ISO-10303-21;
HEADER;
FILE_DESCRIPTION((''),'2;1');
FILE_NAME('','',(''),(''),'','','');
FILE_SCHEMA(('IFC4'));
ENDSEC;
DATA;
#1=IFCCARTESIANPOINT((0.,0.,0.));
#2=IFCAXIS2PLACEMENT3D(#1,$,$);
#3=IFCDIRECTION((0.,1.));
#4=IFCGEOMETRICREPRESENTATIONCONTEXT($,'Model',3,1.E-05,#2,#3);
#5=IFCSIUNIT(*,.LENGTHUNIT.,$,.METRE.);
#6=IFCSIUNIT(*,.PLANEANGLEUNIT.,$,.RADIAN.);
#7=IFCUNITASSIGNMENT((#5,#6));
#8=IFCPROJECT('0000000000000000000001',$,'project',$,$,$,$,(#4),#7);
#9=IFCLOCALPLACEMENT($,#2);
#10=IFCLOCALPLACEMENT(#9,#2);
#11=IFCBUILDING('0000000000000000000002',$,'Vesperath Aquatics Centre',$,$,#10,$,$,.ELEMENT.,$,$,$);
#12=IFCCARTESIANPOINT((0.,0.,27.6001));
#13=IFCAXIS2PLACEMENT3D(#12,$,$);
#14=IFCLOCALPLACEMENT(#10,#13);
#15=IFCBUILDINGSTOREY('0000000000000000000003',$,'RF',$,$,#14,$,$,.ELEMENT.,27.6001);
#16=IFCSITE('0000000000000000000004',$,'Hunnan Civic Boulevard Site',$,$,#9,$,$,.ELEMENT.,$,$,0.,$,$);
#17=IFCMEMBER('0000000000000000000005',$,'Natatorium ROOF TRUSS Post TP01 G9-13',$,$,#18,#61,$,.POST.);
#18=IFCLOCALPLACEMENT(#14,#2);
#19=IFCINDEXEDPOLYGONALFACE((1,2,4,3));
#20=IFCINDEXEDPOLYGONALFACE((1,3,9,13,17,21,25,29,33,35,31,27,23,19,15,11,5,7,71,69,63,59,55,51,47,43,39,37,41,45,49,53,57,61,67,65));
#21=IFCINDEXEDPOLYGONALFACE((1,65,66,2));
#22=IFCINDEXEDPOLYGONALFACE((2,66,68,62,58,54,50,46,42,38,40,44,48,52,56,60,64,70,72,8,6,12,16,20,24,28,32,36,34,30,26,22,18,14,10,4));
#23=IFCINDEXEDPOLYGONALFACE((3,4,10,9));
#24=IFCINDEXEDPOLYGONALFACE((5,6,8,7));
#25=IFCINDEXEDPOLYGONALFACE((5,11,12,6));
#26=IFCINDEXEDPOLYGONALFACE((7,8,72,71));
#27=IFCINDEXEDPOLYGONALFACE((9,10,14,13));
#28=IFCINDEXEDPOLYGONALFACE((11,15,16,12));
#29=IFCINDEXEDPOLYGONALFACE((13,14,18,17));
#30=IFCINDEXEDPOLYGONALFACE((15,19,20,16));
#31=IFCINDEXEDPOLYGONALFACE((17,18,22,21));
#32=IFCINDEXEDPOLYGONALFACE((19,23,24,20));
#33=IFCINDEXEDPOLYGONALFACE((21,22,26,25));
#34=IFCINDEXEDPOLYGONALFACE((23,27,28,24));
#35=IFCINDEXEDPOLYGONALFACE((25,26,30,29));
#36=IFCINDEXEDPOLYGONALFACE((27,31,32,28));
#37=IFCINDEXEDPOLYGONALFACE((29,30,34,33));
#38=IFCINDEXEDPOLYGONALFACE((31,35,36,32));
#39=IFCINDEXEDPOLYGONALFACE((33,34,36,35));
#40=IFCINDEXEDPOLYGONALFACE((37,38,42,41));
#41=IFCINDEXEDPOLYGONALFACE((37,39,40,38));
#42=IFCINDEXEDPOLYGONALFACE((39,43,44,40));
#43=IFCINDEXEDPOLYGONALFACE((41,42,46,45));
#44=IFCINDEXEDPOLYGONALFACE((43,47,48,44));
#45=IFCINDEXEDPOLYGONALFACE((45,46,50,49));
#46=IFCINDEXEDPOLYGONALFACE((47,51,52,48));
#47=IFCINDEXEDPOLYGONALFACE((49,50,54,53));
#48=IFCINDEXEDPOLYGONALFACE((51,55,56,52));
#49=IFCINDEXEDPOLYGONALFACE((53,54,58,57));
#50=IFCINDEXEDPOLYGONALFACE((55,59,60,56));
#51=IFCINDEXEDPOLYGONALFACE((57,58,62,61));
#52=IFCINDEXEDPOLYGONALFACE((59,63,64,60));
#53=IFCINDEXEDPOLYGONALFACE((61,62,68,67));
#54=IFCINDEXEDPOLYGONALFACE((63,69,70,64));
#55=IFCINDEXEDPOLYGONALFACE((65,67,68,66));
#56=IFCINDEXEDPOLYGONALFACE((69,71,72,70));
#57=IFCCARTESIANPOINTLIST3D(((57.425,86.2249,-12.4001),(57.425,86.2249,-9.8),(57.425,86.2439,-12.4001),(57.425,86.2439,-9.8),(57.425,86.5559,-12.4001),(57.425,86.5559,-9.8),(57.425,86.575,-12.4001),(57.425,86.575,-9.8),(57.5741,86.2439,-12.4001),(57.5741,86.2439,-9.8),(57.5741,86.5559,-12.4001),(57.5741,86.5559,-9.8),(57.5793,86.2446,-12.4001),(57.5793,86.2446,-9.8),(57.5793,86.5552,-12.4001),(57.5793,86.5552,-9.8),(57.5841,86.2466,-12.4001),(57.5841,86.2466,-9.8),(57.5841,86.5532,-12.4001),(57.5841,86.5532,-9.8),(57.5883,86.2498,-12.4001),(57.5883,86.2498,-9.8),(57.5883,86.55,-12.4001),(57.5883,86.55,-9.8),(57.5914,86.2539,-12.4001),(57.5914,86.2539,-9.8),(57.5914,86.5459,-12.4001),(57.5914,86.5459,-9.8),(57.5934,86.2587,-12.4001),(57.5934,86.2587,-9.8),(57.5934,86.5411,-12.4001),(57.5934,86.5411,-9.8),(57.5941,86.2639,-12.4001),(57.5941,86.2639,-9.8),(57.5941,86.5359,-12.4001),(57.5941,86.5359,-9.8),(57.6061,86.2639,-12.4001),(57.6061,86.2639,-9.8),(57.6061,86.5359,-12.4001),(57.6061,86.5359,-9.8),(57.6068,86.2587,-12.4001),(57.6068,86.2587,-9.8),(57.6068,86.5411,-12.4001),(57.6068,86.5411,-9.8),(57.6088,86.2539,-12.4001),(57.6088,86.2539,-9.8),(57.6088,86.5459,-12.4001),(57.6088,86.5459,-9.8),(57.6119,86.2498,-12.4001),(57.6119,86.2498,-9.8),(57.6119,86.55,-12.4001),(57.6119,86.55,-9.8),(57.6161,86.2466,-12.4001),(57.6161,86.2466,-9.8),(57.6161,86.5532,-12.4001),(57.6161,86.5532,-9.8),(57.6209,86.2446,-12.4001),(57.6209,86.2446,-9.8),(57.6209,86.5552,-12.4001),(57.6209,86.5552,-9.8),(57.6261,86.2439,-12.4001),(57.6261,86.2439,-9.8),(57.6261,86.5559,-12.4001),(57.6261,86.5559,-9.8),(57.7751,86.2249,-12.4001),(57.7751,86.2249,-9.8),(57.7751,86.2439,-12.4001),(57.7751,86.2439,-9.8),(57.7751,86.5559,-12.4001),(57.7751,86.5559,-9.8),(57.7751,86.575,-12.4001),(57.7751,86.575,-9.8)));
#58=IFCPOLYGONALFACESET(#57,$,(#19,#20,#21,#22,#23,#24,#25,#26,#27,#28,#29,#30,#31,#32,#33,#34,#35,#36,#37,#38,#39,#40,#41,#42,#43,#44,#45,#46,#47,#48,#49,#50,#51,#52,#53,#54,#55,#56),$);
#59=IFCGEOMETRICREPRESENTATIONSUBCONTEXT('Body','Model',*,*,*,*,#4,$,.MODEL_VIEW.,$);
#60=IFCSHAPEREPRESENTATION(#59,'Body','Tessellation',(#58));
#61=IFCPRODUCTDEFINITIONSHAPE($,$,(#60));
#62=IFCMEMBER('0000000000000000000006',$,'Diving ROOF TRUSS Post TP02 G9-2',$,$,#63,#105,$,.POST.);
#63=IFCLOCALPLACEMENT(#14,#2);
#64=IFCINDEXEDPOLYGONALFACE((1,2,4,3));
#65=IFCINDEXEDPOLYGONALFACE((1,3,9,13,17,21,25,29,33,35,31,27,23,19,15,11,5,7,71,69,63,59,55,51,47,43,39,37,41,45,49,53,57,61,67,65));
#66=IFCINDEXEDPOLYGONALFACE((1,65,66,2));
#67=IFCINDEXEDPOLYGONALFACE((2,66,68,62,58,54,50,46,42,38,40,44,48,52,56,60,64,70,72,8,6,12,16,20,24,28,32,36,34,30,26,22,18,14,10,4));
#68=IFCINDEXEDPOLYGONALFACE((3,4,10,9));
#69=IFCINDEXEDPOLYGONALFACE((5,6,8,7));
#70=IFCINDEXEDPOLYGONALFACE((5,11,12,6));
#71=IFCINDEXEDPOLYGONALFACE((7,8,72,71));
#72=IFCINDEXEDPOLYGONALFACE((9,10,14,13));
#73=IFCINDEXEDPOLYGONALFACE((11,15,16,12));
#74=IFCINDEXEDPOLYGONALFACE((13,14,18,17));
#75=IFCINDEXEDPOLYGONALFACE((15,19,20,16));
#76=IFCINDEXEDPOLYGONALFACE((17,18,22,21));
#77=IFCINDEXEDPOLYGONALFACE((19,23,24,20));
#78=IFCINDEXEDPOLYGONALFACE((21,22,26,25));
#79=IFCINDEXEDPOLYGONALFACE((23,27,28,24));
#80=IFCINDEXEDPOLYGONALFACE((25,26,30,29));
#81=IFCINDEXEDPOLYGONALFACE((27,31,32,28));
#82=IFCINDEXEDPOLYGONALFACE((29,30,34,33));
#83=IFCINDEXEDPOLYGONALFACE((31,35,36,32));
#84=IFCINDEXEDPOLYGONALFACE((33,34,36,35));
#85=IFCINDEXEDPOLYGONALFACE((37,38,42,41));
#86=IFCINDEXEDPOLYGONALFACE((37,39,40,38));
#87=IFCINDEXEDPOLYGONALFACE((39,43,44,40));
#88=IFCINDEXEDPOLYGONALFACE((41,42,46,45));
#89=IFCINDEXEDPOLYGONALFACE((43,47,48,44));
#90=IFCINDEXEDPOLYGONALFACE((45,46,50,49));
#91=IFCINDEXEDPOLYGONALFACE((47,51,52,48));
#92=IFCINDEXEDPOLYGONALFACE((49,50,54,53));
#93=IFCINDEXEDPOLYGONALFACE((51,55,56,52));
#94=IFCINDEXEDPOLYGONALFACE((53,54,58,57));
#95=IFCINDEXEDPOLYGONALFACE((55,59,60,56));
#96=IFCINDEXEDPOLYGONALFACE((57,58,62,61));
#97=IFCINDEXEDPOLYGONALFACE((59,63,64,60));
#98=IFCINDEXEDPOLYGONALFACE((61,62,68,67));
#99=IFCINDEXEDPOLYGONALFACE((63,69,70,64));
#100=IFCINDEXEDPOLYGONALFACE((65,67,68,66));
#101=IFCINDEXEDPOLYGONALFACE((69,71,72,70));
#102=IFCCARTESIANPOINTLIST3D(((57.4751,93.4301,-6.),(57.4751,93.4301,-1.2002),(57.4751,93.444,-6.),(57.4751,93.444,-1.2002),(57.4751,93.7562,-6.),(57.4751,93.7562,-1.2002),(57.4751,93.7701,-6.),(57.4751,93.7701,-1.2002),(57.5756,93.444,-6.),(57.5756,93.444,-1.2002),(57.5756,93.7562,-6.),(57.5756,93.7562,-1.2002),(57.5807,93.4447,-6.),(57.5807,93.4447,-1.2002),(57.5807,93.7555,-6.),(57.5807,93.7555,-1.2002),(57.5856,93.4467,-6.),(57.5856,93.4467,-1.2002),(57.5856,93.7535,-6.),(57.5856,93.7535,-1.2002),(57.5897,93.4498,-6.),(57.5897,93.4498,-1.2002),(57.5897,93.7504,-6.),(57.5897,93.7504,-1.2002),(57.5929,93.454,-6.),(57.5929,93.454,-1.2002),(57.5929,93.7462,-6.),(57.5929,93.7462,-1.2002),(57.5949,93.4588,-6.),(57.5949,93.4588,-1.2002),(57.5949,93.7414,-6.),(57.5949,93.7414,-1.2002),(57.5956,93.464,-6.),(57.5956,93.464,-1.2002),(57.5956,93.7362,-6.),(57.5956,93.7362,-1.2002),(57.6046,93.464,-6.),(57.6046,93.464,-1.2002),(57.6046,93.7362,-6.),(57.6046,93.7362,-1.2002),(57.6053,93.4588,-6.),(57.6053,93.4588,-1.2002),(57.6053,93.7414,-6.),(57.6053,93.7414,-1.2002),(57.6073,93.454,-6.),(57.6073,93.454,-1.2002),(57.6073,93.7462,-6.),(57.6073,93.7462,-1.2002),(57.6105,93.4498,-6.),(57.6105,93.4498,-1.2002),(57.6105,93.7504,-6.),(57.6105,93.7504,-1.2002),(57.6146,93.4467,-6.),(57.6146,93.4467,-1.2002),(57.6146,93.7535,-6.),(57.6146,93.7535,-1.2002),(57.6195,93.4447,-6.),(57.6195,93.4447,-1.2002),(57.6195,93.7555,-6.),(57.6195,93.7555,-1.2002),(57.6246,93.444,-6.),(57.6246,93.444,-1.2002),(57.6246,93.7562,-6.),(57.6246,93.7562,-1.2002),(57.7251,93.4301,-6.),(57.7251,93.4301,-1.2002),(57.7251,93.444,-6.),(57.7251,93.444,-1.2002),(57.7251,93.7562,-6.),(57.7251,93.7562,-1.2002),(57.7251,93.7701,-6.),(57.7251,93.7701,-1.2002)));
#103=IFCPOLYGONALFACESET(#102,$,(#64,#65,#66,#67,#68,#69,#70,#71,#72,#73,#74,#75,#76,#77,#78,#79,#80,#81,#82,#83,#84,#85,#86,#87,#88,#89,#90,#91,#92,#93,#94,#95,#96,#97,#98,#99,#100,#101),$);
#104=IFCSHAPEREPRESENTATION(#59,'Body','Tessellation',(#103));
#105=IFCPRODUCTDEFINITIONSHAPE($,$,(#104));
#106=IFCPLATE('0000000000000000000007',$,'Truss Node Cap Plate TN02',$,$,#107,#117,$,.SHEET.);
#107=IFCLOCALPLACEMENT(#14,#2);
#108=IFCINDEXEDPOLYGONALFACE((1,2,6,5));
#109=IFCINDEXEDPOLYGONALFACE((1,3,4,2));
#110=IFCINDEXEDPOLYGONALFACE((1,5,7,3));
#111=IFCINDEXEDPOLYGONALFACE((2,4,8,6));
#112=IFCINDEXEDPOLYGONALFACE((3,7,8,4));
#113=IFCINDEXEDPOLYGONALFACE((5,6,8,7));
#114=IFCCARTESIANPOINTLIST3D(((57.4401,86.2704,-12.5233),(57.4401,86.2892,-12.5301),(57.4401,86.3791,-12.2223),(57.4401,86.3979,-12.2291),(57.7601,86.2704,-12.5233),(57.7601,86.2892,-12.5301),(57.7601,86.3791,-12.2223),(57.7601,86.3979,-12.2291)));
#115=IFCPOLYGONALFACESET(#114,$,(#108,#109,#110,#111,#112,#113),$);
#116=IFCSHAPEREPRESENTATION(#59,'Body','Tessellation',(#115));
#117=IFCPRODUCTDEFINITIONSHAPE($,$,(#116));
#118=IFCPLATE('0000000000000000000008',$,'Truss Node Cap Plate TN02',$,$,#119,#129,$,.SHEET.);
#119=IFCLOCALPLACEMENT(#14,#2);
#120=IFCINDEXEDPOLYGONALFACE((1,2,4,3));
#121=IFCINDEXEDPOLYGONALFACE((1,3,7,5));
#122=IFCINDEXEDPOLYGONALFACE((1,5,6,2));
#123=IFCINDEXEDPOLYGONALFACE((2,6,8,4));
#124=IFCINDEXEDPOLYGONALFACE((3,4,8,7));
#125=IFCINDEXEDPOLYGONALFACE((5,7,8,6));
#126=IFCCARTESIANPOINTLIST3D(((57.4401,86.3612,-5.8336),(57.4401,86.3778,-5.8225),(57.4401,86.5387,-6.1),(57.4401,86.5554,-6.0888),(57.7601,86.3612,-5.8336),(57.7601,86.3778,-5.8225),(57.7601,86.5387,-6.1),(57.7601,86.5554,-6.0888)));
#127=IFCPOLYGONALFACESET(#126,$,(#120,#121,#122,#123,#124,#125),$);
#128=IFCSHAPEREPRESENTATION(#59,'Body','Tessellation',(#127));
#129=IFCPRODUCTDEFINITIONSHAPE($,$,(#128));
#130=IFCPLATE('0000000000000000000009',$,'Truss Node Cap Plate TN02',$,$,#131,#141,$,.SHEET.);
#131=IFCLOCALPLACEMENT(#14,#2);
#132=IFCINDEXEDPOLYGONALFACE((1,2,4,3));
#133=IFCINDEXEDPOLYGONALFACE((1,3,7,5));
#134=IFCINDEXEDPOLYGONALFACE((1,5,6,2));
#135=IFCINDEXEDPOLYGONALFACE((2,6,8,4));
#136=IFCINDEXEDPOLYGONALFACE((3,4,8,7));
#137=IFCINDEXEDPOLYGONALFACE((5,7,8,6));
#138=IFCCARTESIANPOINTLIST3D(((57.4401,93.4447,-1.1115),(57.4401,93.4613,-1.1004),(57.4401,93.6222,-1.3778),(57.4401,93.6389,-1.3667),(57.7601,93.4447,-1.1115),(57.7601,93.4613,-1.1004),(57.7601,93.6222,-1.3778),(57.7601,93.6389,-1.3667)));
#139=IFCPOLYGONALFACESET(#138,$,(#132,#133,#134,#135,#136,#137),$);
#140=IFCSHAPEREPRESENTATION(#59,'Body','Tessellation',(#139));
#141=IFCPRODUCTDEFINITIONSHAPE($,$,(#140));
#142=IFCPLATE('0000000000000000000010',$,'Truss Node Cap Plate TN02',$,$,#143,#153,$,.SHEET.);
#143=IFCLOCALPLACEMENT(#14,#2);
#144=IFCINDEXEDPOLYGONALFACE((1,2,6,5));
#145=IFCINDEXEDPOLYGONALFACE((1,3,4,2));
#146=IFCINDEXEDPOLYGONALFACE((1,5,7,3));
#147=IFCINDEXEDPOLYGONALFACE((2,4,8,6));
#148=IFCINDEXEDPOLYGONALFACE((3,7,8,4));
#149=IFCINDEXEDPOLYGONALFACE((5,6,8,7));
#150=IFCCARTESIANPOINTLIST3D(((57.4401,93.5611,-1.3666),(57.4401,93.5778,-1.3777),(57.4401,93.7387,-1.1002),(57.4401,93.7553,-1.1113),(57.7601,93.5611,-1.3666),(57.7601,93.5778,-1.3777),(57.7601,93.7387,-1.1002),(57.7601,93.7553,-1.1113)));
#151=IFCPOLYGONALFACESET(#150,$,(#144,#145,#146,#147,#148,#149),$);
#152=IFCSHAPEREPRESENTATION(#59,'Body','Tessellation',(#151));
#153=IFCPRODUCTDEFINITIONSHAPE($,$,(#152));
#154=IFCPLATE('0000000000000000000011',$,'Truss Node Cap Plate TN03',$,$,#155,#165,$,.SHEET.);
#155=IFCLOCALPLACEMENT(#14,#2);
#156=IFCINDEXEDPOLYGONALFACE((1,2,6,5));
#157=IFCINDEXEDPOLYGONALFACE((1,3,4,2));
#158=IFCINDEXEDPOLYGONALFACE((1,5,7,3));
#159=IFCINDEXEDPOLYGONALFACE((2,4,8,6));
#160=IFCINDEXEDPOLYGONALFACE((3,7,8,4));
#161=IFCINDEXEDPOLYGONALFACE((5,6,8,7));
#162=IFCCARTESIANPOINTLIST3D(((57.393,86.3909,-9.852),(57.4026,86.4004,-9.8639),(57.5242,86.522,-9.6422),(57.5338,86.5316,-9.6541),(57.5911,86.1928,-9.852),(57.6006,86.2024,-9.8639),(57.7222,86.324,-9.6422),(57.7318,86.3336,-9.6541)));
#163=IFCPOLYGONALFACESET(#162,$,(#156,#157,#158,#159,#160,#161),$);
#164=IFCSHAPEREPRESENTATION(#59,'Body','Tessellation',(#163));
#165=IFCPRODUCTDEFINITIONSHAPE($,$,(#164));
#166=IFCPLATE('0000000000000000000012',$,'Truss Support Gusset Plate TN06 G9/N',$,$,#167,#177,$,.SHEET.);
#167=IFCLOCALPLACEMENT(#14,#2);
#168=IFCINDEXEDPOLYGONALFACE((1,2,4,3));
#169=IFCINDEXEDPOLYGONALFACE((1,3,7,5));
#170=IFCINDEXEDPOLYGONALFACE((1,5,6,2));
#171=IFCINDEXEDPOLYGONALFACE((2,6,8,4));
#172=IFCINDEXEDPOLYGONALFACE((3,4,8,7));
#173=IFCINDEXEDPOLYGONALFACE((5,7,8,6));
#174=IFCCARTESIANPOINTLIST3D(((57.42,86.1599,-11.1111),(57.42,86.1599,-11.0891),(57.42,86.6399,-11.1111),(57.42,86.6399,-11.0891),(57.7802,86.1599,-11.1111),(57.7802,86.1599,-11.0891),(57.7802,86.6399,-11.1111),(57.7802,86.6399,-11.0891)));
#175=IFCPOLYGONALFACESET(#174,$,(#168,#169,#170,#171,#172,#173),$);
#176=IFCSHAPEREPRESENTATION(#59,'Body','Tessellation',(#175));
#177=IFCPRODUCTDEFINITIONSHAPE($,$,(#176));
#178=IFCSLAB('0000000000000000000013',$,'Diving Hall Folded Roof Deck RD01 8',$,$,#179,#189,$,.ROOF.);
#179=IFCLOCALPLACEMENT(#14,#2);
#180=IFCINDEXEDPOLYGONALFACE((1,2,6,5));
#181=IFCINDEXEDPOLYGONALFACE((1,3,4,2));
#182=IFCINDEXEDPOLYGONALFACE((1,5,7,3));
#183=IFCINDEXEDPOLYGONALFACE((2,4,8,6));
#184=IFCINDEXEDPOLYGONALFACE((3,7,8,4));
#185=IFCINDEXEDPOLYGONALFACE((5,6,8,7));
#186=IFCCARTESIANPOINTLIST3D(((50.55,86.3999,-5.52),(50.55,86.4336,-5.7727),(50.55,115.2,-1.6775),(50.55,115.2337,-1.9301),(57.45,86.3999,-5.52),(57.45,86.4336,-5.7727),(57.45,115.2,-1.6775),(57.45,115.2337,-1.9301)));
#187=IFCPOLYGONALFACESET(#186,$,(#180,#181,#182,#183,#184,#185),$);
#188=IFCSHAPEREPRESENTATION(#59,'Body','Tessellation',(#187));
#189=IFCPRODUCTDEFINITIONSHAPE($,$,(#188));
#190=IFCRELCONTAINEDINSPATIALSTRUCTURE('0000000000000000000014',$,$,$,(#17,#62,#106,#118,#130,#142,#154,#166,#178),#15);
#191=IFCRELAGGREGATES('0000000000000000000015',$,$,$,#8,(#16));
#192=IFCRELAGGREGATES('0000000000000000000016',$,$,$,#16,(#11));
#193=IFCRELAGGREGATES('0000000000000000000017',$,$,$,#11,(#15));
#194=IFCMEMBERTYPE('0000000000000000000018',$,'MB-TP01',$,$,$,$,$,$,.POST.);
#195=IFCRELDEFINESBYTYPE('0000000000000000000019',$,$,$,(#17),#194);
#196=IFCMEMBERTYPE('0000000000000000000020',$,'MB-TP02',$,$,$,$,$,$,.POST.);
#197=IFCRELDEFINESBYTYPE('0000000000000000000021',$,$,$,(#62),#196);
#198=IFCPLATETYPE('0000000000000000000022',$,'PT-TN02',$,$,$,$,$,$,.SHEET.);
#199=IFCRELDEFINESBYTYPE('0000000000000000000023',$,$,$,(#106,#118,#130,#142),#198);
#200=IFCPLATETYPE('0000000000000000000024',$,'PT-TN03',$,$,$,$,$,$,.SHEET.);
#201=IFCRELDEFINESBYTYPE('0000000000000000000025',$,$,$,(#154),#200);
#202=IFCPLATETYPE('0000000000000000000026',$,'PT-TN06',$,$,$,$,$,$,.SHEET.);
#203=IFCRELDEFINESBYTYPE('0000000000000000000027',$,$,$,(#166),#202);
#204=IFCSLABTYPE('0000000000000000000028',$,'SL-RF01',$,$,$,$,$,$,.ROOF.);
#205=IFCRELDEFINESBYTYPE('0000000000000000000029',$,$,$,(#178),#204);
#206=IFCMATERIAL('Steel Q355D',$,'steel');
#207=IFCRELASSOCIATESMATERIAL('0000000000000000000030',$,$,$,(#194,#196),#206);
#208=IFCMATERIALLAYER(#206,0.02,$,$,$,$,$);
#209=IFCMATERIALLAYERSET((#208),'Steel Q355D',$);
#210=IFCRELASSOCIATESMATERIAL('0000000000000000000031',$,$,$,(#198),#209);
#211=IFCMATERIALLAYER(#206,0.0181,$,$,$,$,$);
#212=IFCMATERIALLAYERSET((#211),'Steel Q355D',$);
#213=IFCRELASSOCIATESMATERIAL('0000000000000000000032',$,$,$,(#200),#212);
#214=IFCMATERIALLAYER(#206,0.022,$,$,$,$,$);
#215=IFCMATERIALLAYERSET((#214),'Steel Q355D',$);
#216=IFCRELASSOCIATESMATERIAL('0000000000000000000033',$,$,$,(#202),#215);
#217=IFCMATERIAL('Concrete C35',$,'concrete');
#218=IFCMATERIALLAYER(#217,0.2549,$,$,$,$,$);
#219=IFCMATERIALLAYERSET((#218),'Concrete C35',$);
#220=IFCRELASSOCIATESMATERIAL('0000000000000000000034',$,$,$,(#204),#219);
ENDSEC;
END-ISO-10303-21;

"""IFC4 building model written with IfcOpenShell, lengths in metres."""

from ifc_helpers import new_model, si_unit, direction, frame, origin, origin_2d, place, context, subcontext, project, spatial, polyline, rectangle, i_section, outline, extrude, material, layer, layer_set, material_profile, profile_set, type_object, element, save


model = new_model("IFC4")

# Units and contexts
model_context = context("Model", 3, precision=1e-05, world=origin(), true_north=direction((0.0, 1.0)))
body_context = subcontext(model_context, "Body", "Model", "MODEL_VIEW")
ifc_project = project(units=[si_unit("LENGTHUNIT", "METRE"), si_unit("PLANEANGLEUNIT", "RADIAN")], contexts=[model_context])

# Site, building, storey
site_placement = place(None, origin())
site = spatial("IfcSite", under=ifc_project, at=site_placement, Name="Hunnan Civic Boulevard Site", CompositionType="ELEMENT", RefElevation=0.0)
building_placement = place(site_placement, origin())
building = spatial("IfcBuilding", under=site, at=building_placement, Name="Vesperath Aquatics Centre", CompositionType="ELEMENT")
storey_placement = place(building_placement, frame((0.0, 0.0, 27.6001)))
storey = spatial("IfcBuildingStorey", under=building, at=storey_placement, Name="RF", CompositionType="ELEMENT", Elevation=27.6001)

# Members
ifc_material_1 = material(Name="Steel Q355D", Category="steel")
ifc_material_profile_1 = material_profile(ifc_material_1, i_section(OverallWidth=0.3501, OverallDepth=0.3501, WebThickness=0.012, FlangeThickness=0.019, FilletRadius=0.02, at=origin_2d()), Name="HW 350x350x12x19")
ifc_profile_set_1 = profile_set([ifc_material_profile_1], Name="Steel Q355D")
member_type_1 = type_object("IfcMemberType", Name="MB-TP01", PredefinedType="POST", material=ifc_profile_set_1)
member_1_placement = place(storey_placement, frame((57.6001, 86.3999, -12.4001), z_axis=(0.0, 0.0, 1.0), x_axis=(1.0, 0.0, 0.0)))
element("IfcMember", 1, at=member_1_placement, inside=storey, type_object=member_type_1, Name="Natatorium ROOF TRUSS Post TP01 G9-13", PredefinedType="POST", context=body_context, shape_type="SweptSolid", body=[
    extrude(i_section(OverallWidth=0.3501, OverallDepth=0.3501, WebThickness=0.012, FlangeThickness=0.019, FilletRadius=0.02, at=origin_2d()), origin(), (0.0, 0.0, 1.0), 2.6001),
])
ifc_material_profile_2 = material_profile(ifc_material_1, i_section(OverallWidth=0.25, OverallDepth=0.3401, WebThickness=0.009, FlangeThickness=0.0139, FilletRadius=0.02, at=origin_2d()), Name="HM 340x250x9x14")
ifc_profile_set_2 = profile_set([ifc_material_profile_2], Name="Steel Q355D")
member_type_2 = type_object("IfcMemberType", Name="MB-TP02", PredefinedType="POST", material=ifc_profile_set_2)
member_2_placement = place(storey_placement, frame((57.6001, 93.6001, -6.0), z_axis=(0.0, 0.0, 1.0), x_axis=(1.0, 0.0, 0.0)))
element("IfcMember", 2, at=member_2_placement, inside=storey, type_object=member_type_2, Name="Diving ROOF TRUSS Post TP02 G9-2", PredefinedType="POST", context=body_context, shape_type="SweptSolid", body=[
    extrude(i_section(OverallWidth=0.25, OverallDepth=0.3401, WebThickness=0.009, FlangeThickness=0.0139, FilletRadius=0.02, at=origin_2d()), origin(), (0.0, 0.0, 1.0), 4.7998),
])

# Plates
ifc_layer_1 = layer(ifc_material_1, 0.02)
ifc_layer_set_1 = layer_set([ifc_layer_1], Name="Steel Q355D")
plate_type_1 = type_object("IfcPlateType", Name="PT-TN02", PredefinedType="SHEET", material=ifc_layer_set_1)
for number, where, z_axis, x_axis, name in (
    (3, (57.6001, 86.3247, -12.3728), (0.0, 0.940554, -0.339644), (-1.0, 0.0, 0.0), "Truss Node Cap Plate TN02"),
    (4, (57.6001, 86.45, -5.9668), (0.0, 0.83205, 0.5547), (-1.0, 0.0, 0.0), "Truss Node Cap Plate TN02"),
    (5, (57.6001, 93.5334, -1.2446), (0.0, 0.83205, 0.5547), (-1.0, 0.0, 0.0), "Truss Node Cap Plate TN02"),
    (6, (57.6001, 93.6499, -1.2334), (0.0, 0.83205, -0.5547), (-1.0, 0.0, 0.0), "Truss Node Cap Plate TN02"),
):
    element("IfcPlate", number, at=place(storey_placement, frame(where, z_axis=z_axis, x_axis=x_axis)), inside=storey, type_object=plate_type_1, Name=name, PredefinedType="SHEET", context=body_context, shape_type="SweptSolid", body=[
        extrude(rectangle(XDim=0.3201, YDim=0.3201, at=origin_2d()), origin(), (0.0, 0.0, 1.0), 0.02),
    ])
ifc_layer_2 = layer(ifc_material_1, 0.0181)
ifc_layer_set_2 = layer_set([ifc_layer_2], Name="Steel Q355D")
plate_type_2 = type_object("IfcPlateType", Name="PT-TN03", PredefinedType="SHEET", material=ifc_layer_set_2)
plate_1_placement = place(storey_placement, frame((57.5576, 86.3574, -9.7471), z_axis=(0.529813, 0.529813, -0.662266), x_axis=(-0.707107, 0.707107, 0.0)))
element("IfcPlate", 7, at=plate_1_placement, inside=storey, type_object=plate_type_2, Name="Truss Node Cap Plate TN03", PredefinedType="SHEET", context=body_context, shape_type="SweptSolid", body=[
    extrude(rectangle(XDim=0.28, YDim=0.28, at=origin_2d()), origin(), (0.0, 0.0, 1.0), 0.0181),
])
ifc_layer_3 = layer(ifc_material_1, 0.022)
ifc_layer_set_3 = layer_set([ifc_layer_3], Name="Steel Q355D")
plate_type_3 = type_object("IfcPlateType", Name="PT-TN06", PredefinedType="SHEET", material=ifc_layer_set_3)
plate_2_placement = place(storey_placement, frame((57.6001, 86.3999, -11.1111), z_axis=(0.0, 0.0, 1.0), x_axis=(0.0, 1.0, 0.0)))
element("IfcPlate", 8, at=plate_2_placement, inside=storey, type_object=plate_type_3, Name="Truss Support Gusset Plate TN06 G9/N", PredefinedType="SHEET", context=body_context, shape_type="SweptSolid", body=[
    extrude(rectangle(XDim=0.48, YDim=0.3601, at=origin_2d()), origin(), (0.0, 0.0, 1.0), 0.022),
])

# Slab
ifc_material_2 = material(Name="Concrete C35", Category="concrete")
ifc_layer_4 = layer(ifc_material_2, 0.2549)
ifc_layer_set_4 = layer_set([ifc_layer_4], Name="Concrete C35")
slab_type = type_object("IfcSlabType", Name="SL-RF01", PredefinedType="ROOF", material=ifc_layer_set_4)
slab_placement = place(storey_placement, frame((50.55, 86.3999, -5.52), z_axis=(0.0, -0.132249, 0.991217), x_axis=(1.0, 0.0, 0.0)))
element("IfcSlab", 9, at=slab_placement, inside=storey, type_object=slab_type, Name="Diving Hall Folded Roof Deck RD01 8", PredefinedType="ROOF", context=body_context, shape_type="SweptSolid", body=[
    extrude(outline(polyline([(0.0, 0.0), (6.8999, 0.0), (6.8999, 29.0553), (0.0, 29.0553), (0.0, 0.0)])), origin(), (0.0, 0.0, -1.0), 0.2549),
])

save(model, "model.ifc")
